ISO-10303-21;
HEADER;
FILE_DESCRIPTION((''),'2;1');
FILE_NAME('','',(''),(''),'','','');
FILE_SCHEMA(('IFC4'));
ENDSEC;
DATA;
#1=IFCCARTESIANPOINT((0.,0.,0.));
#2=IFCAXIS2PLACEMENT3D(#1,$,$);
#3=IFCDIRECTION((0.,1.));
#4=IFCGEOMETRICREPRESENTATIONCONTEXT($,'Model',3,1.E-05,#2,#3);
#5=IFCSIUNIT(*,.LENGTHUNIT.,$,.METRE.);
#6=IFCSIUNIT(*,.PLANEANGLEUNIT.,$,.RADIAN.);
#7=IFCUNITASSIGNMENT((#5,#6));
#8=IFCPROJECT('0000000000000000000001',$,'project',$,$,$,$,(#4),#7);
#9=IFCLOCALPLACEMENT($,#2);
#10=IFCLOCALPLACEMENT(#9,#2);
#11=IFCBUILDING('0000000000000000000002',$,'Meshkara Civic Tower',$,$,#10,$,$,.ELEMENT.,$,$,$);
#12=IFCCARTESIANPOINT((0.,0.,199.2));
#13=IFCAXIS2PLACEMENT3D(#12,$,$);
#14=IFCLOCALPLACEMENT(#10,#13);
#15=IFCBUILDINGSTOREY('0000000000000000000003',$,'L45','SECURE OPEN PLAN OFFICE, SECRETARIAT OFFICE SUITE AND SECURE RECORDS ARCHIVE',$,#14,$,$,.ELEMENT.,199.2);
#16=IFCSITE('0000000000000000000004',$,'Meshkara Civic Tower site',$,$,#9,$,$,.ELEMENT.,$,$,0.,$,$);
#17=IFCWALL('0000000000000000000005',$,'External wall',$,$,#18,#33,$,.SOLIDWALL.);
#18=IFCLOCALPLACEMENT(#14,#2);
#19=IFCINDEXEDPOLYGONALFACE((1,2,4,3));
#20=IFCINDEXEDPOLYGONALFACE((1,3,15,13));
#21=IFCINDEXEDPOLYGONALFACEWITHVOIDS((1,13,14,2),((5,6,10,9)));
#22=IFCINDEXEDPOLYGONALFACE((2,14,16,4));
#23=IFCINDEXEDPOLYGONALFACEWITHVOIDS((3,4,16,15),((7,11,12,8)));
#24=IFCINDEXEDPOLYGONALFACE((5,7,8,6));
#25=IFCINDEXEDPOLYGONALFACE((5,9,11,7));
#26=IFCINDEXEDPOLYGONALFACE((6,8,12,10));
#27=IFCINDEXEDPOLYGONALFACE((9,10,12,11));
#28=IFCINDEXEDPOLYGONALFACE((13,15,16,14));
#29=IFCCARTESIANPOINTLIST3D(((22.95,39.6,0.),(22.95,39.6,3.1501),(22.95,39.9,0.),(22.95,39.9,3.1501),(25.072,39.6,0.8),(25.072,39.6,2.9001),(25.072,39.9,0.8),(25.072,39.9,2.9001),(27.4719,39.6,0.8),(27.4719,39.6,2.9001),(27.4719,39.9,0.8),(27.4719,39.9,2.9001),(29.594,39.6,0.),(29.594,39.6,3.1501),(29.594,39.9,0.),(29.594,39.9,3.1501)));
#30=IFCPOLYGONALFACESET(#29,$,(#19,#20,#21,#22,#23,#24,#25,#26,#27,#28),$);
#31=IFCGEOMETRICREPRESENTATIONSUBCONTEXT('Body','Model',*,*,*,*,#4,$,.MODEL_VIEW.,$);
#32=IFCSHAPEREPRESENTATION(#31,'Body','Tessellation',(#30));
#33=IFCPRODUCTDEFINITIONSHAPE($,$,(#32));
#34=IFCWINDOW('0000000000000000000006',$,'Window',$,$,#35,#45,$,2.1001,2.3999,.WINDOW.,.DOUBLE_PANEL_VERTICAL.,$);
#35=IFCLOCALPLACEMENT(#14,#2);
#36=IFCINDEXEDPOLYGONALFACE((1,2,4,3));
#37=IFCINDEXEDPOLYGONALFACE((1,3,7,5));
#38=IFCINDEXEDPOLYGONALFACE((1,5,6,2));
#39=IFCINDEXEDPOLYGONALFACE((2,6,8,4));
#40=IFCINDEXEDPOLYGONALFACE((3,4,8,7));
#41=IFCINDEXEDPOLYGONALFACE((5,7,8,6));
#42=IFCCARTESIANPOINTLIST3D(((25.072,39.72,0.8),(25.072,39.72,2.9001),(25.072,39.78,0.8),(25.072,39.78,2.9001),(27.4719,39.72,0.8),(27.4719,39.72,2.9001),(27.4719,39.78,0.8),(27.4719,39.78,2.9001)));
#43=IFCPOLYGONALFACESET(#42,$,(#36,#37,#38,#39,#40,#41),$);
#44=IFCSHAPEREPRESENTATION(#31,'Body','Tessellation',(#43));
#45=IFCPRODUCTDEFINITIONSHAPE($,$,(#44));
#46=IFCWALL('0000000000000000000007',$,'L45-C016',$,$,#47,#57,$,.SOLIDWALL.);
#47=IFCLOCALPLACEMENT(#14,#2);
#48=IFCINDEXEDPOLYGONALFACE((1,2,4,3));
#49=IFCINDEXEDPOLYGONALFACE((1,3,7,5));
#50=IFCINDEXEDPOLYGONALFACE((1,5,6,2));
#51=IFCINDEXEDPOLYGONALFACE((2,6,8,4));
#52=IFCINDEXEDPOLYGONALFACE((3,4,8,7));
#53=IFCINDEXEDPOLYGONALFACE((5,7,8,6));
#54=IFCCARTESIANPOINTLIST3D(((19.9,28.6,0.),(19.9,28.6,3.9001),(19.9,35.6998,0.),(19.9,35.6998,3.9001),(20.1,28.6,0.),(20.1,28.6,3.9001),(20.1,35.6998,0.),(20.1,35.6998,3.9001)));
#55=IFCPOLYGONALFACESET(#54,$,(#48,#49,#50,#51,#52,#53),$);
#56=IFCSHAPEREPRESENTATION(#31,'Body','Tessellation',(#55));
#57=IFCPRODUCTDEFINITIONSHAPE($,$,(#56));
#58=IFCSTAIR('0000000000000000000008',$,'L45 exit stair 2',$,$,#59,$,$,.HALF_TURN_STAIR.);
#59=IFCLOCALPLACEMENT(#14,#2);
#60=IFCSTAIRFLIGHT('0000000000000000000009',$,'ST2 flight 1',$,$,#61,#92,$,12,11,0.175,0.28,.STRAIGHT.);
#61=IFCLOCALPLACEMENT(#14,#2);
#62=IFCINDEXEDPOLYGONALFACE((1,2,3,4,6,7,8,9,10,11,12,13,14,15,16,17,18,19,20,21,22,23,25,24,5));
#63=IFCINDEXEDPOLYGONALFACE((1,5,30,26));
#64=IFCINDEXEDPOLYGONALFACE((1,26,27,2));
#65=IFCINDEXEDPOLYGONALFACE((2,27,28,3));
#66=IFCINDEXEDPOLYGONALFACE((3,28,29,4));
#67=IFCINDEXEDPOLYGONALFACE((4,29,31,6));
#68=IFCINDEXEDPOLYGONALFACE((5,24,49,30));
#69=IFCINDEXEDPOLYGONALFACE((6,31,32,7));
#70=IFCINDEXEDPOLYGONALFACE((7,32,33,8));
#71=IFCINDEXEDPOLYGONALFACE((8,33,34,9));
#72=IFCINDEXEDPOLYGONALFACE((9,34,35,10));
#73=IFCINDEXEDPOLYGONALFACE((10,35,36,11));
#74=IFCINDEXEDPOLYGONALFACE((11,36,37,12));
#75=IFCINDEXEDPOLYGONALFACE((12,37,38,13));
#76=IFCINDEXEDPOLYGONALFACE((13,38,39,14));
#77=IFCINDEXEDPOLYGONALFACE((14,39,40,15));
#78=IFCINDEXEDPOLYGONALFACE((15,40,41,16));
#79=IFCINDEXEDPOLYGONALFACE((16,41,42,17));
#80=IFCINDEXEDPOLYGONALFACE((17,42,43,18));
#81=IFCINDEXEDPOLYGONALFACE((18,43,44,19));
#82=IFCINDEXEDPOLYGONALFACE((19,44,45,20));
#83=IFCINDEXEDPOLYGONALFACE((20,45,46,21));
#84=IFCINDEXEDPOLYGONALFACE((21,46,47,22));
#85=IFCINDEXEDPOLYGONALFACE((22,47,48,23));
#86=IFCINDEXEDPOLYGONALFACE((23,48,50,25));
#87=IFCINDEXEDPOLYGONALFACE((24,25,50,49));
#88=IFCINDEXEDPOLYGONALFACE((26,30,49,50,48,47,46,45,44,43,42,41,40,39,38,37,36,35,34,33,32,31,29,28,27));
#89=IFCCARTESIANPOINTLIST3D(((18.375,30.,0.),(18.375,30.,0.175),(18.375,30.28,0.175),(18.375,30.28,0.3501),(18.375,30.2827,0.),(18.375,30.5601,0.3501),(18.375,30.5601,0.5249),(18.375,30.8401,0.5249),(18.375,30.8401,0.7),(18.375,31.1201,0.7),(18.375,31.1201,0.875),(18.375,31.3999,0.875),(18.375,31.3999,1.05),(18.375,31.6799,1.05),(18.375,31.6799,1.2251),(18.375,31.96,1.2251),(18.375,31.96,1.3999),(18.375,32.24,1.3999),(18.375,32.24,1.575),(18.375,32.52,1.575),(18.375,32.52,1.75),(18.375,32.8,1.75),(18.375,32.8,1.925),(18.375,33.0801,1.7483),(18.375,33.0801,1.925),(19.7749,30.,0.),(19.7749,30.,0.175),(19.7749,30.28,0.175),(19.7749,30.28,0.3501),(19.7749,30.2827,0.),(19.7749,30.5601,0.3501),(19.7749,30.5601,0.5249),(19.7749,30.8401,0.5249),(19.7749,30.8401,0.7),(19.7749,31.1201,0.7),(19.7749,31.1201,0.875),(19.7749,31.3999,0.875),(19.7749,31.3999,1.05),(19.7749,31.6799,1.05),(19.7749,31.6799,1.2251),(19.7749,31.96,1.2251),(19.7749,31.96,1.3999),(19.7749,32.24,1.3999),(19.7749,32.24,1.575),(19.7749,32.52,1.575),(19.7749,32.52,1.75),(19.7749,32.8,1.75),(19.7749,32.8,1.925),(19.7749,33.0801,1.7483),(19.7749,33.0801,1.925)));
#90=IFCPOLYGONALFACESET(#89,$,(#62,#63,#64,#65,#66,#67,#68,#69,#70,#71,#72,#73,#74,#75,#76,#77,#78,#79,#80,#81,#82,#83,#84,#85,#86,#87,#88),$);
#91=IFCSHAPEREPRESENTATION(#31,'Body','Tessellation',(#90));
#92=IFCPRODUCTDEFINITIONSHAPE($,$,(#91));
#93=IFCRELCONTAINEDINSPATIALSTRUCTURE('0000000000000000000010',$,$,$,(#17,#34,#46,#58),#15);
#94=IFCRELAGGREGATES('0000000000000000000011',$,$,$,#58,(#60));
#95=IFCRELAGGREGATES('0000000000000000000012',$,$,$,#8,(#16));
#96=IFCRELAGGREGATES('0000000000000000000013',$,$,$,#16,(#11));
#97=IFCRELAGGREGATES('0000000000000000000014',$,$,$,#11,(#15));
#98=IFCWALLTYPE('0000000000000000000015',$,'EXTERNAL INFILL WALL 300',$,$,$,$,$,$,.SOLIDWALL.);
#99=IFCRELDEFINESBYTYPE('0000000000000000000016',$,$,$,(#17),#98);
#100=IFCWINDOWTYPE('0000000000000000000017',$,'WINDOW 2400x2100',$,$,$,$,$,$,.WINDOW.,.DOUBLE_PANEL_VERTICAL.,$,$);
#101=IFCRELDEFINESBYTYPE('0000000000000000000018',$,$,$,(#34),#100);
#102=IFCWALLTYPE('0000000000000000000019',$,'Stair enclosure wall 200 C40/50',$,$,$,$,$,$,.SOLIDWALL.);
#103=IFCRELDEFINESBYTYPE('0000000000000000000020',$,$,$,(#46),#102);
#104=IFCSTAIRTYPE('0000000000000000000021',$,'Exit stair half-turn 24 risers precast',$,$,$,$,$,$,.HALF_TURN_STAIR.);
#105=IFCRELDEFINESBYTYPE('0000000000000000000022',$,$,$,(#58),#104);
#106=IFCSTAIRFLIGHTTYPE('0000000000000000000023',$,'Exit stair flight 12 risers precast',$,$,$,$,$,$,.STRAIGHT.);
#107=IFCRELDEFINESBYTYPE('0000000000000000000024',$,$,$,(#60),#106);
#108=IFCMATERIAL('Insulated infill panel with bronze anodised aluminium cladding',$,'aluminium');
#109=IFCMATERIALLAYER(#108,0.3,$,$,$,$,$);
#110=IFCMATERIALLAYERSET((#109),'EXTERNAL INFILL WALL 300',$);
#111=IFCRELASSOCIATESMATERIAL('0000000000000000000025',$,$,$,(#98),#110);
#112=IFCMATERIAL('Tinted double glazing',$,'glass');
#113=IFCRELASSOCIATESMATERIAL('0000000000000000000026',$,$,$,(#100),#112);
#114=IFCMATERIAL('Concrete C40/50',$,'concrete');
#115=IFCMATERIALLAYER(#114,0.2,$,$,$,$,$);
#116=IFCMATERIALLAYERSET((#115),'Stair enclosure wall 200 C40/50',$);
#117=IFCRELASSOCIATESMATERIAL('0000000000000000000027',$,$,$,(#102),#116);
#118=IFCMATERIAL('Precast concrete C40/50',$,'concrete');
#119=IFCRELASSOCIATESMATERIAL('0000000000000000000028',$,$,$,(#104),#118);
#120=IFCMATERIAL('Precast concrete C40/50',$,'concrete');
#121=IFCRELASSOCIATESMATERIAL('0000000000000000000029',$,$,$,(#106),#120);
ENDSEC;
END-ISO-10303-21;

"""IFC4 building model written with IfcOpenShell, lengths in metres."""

from ifc_helpers import new_model, si_unit, direction, frame, frame_2d, origin, place, context, subcontext, project, spatial, polyline, rectangle, outline, extrude, material, layer, layer_set, type_object, element, fill, aggregate, save


model = new_model("IFC4")

# Units and contexts
model_context = context("Model", 3, precision=1e-05, world=origin(), true_north=direction((0.0, 1.0)))
body_context = subcontext(model_context, "Body", "Model", "MODEL_VIEW")
ifc_project = project(units=[si_unit("LENGTHUNIT", "METRE"), si_unit("PLANEANGLEUNIT", "RADIAN")], contexts=[model_context])

# Site, building, storey
site_placement = place(None, origin())
site = spatial("IfcSite", under=ifc_project, at=site_placement, Name="Meshkara Civic Tower site", CompositionType="ELEMENT", RefElevation=0.0)
building_placement = place(site_placement, origin())
building = spatial("IfcBuilding", under=site, at=building_placement, Name="Meshkara Civic Tower", CompositionType="ELEMENT")
storey_placement = place(building_placement, frame((0.0, 0.0, 199.2)))
storey = spatial("IfcBuildingStorey", under=building, at=storey_placement, Name="L45", Description="SECURE OPEN PLAN OFFICE, SECRETARIAT OFFICE SUITE AND SECURE RECORDS ARCHIVE", CompositionType="ELEMENT", Elevation=199.2)

# Wall, opening, window
ifc_material_1 = material(Name="Insulated infill panel with bronze anodised aluminium cladding", Category="aluminium")
ifc_layer_1 = layer(ifc_material_1, 0.3)
ifc_layer_set_1 = layer_set([ifc_layer_1], Name="EXTERNAL INFILL WALL 300")
wall_type_1 = type_object("IfcWallType", Name="EXTERNAL INFILL WALL 300", PredefinedType="SOLIDWALL", material=ifc_layer_set_1)
ifc_material_2 = material(Name="Tinted double glazing", Category="glass")
window_type_1 = type_object("IfcWindowType", Name="WINDOW 2400x2100", PartitioningType="DOUBLE_PANEL_VERTICAL", PredefinedType="WINDOW", material=ifc_material_2)
wall_1_placement = place(storey_placement, frame((29.594, 39.75, 0.0), z_axis=(0.0, 0.0, 1.0), x_axis=(-1.0, 0.0, 0.0)))
wall_1 = element("IfcWall", 1, at=wall_1_placement, inside=storey, type_object=wall_type_1, Name="External wall", PredefinedType="SOLIDWALL", context=body_context, shape_type="SweptSolid", body=[
    extrude(rectangle(XDim=6.644, YDim=0.3, at=frame_2d((3.322, 0.0))), origin(), (0.0, 0.0, 1.0), 3.1501),
])
opening_1_placement = place(wall_1_placement, frame((2.1221, 0.0, 0.8)))
opening_1 = element("IfcOpeningElement", 2, at=opening_1_placement, cuts=wall_1, PredefinedType="OPENING", context=body_context, shape_type="SweptSolid", body=[
    extrude(rectangle(XDim=2.3999, YDim=2.1001, at=frame_2d((1.2, 1.05))), frame((0.0, 0.1599, 0.0), z_axis=(0.0, -1.0, 0.0), x_axis=(1.0, 0.0, 0.0)), (0.0, 0.0, 1.0), 0.3201),
])
window_1_placement = place(opening_1_placement, origin())
window_1 = element("IfcWindow", 3, at=window_1_placement, inside=storey, type_object=window_type_1, Name="Window", OverallHeight=2.1001, OverallWidth=2.3999, PartitioningType="DOUBLE_PANEL_VERTICAL", PredefinedType="WINDOW", context=body_context, shape_type="SweptSolid", body=[
    extrude(rectangle(XDim=2.3999, YDim=2.1001, at=frame_2d((1.2, 1.05))), frame((0.0, 0.03, 0.0), z_axis=(0.0, -1.0, 0.0), x_axis=(1.0, 0.0, 0.0)), (0.0, 0.0, 1.0), 0.0601),
])
fill(opening_1, window_1)

# Wall
ifc_material_3 = material(Name="Concrete C40/50", Category="concrete")
ifc_layer_2 = layer(ifc_material_3, 0.2)
ifc_layer_set_2 = layer_set([ifc_layer_2], Name="Stair enclosure wall 200 C40/50")
wall_type_2 = type_object("IfcWallType", Name="Stair enclosure wall 200 C40/50", PredefinedType="SOLIDWALL", material=ifc_layer_set_2)
wall_2_placement = place(storey_placement, frame((20.0, 28.6001, 0.0), z_axis=(0.0, 0.0, 1.0), x_axis=(0.0, 1.0, 0.0)))
element("IfcWall", 4, at=wall_2_placement, inside=storey, type_object=wall_type_2, Name="L45-C016", PredefinedType="SOLIDWALL", context=body_context, shape_type="SweptSolid", body=[
    extrude(rectangle(XDim=7.0999, YDim=0.2, at=frame_2d((3.5498, 0.0))), origin(), (0.0, 0.0, 1.0), 3.9001),
])

# Stair, stair flight
ifc_material_4 = material(Name="Precast concrete C40/50", Category="concrete")
stair_type = type_object("IfcStairType", Name="Exit stair half-turn 24 risers precast", PredefinedType="HALF_TURN_STAIR", material=ifc_material_4)
stair_placement = place(storey_placement, origin())
stair = element("IfcStair", 5, at=stair_placement, inside=storey, type_object=stair_type, Name="L45 exit stair 2", PredefinedType="HALF_TURN_STAIR")
ifc_material_5 = material(Name="Precast concrete C40/50", Category="concrete")
stair_flight_type = type_object("IfcStairFlightType", Name="Exit stair flight 12 risers precast", PredefinedType="STRAIGHT", material=ifc_material_5)
stair_flight_placement = place(storey_placement, frame((19.075, 30.0, 0.0), z_axis=(0.0, 0.0, 1.0), x_axis=(0.0, 1.0, 0.0)))
stair_flight = element("IfcStairFlight", 6, at=stair_flight_placement, type_object=stair_flight_type, Name="ST2 flight 1", NumberOfRisers=12, NumberOfTreads=11, PredefinedType="STRAIGHT", RiserHeight=0.175, TreadLength=0.28, context=body_context, shape_type="SweptSolid", body=[
    extrude(outline(polyline([(0.0, 0.0), (0.0, 0.175), (0.28, 0.175), (0.28, 0.3501), (0.5601, 0.3501), (0.5601, 0.5249), (0.8401, 0.5249), (0.8401, 0.7), (1.1201, 0.7), (1.1201, 0.875), (1.3999, 0.875), (1.3999, 1.05), (1.6799, 1.05), (1.6799, 1.2251), (1.96, 1.2251), (1.96, 1.3999), (2.24, 1.3999), (2.24, 1.575), (2.52, 1.575), (2.52, 1.75), (2.8, 1.75), (2.8, 1.925), (3.0801, 1.925), (3.0801, 2.1001), (3.0801, 1.7483), (0.2827, 0.0), (0.0, 0.0)])), frame((0.0, 0.7, 0.0), z_axis=(0.0, -1.0, 0.0), x_axis=(1.0, 0.0, 0.0)), (0.0, 0.0, 1.0), 1.3999),
])
aggregate(stair, [stair_flight])

save(model, "model.ifc")
